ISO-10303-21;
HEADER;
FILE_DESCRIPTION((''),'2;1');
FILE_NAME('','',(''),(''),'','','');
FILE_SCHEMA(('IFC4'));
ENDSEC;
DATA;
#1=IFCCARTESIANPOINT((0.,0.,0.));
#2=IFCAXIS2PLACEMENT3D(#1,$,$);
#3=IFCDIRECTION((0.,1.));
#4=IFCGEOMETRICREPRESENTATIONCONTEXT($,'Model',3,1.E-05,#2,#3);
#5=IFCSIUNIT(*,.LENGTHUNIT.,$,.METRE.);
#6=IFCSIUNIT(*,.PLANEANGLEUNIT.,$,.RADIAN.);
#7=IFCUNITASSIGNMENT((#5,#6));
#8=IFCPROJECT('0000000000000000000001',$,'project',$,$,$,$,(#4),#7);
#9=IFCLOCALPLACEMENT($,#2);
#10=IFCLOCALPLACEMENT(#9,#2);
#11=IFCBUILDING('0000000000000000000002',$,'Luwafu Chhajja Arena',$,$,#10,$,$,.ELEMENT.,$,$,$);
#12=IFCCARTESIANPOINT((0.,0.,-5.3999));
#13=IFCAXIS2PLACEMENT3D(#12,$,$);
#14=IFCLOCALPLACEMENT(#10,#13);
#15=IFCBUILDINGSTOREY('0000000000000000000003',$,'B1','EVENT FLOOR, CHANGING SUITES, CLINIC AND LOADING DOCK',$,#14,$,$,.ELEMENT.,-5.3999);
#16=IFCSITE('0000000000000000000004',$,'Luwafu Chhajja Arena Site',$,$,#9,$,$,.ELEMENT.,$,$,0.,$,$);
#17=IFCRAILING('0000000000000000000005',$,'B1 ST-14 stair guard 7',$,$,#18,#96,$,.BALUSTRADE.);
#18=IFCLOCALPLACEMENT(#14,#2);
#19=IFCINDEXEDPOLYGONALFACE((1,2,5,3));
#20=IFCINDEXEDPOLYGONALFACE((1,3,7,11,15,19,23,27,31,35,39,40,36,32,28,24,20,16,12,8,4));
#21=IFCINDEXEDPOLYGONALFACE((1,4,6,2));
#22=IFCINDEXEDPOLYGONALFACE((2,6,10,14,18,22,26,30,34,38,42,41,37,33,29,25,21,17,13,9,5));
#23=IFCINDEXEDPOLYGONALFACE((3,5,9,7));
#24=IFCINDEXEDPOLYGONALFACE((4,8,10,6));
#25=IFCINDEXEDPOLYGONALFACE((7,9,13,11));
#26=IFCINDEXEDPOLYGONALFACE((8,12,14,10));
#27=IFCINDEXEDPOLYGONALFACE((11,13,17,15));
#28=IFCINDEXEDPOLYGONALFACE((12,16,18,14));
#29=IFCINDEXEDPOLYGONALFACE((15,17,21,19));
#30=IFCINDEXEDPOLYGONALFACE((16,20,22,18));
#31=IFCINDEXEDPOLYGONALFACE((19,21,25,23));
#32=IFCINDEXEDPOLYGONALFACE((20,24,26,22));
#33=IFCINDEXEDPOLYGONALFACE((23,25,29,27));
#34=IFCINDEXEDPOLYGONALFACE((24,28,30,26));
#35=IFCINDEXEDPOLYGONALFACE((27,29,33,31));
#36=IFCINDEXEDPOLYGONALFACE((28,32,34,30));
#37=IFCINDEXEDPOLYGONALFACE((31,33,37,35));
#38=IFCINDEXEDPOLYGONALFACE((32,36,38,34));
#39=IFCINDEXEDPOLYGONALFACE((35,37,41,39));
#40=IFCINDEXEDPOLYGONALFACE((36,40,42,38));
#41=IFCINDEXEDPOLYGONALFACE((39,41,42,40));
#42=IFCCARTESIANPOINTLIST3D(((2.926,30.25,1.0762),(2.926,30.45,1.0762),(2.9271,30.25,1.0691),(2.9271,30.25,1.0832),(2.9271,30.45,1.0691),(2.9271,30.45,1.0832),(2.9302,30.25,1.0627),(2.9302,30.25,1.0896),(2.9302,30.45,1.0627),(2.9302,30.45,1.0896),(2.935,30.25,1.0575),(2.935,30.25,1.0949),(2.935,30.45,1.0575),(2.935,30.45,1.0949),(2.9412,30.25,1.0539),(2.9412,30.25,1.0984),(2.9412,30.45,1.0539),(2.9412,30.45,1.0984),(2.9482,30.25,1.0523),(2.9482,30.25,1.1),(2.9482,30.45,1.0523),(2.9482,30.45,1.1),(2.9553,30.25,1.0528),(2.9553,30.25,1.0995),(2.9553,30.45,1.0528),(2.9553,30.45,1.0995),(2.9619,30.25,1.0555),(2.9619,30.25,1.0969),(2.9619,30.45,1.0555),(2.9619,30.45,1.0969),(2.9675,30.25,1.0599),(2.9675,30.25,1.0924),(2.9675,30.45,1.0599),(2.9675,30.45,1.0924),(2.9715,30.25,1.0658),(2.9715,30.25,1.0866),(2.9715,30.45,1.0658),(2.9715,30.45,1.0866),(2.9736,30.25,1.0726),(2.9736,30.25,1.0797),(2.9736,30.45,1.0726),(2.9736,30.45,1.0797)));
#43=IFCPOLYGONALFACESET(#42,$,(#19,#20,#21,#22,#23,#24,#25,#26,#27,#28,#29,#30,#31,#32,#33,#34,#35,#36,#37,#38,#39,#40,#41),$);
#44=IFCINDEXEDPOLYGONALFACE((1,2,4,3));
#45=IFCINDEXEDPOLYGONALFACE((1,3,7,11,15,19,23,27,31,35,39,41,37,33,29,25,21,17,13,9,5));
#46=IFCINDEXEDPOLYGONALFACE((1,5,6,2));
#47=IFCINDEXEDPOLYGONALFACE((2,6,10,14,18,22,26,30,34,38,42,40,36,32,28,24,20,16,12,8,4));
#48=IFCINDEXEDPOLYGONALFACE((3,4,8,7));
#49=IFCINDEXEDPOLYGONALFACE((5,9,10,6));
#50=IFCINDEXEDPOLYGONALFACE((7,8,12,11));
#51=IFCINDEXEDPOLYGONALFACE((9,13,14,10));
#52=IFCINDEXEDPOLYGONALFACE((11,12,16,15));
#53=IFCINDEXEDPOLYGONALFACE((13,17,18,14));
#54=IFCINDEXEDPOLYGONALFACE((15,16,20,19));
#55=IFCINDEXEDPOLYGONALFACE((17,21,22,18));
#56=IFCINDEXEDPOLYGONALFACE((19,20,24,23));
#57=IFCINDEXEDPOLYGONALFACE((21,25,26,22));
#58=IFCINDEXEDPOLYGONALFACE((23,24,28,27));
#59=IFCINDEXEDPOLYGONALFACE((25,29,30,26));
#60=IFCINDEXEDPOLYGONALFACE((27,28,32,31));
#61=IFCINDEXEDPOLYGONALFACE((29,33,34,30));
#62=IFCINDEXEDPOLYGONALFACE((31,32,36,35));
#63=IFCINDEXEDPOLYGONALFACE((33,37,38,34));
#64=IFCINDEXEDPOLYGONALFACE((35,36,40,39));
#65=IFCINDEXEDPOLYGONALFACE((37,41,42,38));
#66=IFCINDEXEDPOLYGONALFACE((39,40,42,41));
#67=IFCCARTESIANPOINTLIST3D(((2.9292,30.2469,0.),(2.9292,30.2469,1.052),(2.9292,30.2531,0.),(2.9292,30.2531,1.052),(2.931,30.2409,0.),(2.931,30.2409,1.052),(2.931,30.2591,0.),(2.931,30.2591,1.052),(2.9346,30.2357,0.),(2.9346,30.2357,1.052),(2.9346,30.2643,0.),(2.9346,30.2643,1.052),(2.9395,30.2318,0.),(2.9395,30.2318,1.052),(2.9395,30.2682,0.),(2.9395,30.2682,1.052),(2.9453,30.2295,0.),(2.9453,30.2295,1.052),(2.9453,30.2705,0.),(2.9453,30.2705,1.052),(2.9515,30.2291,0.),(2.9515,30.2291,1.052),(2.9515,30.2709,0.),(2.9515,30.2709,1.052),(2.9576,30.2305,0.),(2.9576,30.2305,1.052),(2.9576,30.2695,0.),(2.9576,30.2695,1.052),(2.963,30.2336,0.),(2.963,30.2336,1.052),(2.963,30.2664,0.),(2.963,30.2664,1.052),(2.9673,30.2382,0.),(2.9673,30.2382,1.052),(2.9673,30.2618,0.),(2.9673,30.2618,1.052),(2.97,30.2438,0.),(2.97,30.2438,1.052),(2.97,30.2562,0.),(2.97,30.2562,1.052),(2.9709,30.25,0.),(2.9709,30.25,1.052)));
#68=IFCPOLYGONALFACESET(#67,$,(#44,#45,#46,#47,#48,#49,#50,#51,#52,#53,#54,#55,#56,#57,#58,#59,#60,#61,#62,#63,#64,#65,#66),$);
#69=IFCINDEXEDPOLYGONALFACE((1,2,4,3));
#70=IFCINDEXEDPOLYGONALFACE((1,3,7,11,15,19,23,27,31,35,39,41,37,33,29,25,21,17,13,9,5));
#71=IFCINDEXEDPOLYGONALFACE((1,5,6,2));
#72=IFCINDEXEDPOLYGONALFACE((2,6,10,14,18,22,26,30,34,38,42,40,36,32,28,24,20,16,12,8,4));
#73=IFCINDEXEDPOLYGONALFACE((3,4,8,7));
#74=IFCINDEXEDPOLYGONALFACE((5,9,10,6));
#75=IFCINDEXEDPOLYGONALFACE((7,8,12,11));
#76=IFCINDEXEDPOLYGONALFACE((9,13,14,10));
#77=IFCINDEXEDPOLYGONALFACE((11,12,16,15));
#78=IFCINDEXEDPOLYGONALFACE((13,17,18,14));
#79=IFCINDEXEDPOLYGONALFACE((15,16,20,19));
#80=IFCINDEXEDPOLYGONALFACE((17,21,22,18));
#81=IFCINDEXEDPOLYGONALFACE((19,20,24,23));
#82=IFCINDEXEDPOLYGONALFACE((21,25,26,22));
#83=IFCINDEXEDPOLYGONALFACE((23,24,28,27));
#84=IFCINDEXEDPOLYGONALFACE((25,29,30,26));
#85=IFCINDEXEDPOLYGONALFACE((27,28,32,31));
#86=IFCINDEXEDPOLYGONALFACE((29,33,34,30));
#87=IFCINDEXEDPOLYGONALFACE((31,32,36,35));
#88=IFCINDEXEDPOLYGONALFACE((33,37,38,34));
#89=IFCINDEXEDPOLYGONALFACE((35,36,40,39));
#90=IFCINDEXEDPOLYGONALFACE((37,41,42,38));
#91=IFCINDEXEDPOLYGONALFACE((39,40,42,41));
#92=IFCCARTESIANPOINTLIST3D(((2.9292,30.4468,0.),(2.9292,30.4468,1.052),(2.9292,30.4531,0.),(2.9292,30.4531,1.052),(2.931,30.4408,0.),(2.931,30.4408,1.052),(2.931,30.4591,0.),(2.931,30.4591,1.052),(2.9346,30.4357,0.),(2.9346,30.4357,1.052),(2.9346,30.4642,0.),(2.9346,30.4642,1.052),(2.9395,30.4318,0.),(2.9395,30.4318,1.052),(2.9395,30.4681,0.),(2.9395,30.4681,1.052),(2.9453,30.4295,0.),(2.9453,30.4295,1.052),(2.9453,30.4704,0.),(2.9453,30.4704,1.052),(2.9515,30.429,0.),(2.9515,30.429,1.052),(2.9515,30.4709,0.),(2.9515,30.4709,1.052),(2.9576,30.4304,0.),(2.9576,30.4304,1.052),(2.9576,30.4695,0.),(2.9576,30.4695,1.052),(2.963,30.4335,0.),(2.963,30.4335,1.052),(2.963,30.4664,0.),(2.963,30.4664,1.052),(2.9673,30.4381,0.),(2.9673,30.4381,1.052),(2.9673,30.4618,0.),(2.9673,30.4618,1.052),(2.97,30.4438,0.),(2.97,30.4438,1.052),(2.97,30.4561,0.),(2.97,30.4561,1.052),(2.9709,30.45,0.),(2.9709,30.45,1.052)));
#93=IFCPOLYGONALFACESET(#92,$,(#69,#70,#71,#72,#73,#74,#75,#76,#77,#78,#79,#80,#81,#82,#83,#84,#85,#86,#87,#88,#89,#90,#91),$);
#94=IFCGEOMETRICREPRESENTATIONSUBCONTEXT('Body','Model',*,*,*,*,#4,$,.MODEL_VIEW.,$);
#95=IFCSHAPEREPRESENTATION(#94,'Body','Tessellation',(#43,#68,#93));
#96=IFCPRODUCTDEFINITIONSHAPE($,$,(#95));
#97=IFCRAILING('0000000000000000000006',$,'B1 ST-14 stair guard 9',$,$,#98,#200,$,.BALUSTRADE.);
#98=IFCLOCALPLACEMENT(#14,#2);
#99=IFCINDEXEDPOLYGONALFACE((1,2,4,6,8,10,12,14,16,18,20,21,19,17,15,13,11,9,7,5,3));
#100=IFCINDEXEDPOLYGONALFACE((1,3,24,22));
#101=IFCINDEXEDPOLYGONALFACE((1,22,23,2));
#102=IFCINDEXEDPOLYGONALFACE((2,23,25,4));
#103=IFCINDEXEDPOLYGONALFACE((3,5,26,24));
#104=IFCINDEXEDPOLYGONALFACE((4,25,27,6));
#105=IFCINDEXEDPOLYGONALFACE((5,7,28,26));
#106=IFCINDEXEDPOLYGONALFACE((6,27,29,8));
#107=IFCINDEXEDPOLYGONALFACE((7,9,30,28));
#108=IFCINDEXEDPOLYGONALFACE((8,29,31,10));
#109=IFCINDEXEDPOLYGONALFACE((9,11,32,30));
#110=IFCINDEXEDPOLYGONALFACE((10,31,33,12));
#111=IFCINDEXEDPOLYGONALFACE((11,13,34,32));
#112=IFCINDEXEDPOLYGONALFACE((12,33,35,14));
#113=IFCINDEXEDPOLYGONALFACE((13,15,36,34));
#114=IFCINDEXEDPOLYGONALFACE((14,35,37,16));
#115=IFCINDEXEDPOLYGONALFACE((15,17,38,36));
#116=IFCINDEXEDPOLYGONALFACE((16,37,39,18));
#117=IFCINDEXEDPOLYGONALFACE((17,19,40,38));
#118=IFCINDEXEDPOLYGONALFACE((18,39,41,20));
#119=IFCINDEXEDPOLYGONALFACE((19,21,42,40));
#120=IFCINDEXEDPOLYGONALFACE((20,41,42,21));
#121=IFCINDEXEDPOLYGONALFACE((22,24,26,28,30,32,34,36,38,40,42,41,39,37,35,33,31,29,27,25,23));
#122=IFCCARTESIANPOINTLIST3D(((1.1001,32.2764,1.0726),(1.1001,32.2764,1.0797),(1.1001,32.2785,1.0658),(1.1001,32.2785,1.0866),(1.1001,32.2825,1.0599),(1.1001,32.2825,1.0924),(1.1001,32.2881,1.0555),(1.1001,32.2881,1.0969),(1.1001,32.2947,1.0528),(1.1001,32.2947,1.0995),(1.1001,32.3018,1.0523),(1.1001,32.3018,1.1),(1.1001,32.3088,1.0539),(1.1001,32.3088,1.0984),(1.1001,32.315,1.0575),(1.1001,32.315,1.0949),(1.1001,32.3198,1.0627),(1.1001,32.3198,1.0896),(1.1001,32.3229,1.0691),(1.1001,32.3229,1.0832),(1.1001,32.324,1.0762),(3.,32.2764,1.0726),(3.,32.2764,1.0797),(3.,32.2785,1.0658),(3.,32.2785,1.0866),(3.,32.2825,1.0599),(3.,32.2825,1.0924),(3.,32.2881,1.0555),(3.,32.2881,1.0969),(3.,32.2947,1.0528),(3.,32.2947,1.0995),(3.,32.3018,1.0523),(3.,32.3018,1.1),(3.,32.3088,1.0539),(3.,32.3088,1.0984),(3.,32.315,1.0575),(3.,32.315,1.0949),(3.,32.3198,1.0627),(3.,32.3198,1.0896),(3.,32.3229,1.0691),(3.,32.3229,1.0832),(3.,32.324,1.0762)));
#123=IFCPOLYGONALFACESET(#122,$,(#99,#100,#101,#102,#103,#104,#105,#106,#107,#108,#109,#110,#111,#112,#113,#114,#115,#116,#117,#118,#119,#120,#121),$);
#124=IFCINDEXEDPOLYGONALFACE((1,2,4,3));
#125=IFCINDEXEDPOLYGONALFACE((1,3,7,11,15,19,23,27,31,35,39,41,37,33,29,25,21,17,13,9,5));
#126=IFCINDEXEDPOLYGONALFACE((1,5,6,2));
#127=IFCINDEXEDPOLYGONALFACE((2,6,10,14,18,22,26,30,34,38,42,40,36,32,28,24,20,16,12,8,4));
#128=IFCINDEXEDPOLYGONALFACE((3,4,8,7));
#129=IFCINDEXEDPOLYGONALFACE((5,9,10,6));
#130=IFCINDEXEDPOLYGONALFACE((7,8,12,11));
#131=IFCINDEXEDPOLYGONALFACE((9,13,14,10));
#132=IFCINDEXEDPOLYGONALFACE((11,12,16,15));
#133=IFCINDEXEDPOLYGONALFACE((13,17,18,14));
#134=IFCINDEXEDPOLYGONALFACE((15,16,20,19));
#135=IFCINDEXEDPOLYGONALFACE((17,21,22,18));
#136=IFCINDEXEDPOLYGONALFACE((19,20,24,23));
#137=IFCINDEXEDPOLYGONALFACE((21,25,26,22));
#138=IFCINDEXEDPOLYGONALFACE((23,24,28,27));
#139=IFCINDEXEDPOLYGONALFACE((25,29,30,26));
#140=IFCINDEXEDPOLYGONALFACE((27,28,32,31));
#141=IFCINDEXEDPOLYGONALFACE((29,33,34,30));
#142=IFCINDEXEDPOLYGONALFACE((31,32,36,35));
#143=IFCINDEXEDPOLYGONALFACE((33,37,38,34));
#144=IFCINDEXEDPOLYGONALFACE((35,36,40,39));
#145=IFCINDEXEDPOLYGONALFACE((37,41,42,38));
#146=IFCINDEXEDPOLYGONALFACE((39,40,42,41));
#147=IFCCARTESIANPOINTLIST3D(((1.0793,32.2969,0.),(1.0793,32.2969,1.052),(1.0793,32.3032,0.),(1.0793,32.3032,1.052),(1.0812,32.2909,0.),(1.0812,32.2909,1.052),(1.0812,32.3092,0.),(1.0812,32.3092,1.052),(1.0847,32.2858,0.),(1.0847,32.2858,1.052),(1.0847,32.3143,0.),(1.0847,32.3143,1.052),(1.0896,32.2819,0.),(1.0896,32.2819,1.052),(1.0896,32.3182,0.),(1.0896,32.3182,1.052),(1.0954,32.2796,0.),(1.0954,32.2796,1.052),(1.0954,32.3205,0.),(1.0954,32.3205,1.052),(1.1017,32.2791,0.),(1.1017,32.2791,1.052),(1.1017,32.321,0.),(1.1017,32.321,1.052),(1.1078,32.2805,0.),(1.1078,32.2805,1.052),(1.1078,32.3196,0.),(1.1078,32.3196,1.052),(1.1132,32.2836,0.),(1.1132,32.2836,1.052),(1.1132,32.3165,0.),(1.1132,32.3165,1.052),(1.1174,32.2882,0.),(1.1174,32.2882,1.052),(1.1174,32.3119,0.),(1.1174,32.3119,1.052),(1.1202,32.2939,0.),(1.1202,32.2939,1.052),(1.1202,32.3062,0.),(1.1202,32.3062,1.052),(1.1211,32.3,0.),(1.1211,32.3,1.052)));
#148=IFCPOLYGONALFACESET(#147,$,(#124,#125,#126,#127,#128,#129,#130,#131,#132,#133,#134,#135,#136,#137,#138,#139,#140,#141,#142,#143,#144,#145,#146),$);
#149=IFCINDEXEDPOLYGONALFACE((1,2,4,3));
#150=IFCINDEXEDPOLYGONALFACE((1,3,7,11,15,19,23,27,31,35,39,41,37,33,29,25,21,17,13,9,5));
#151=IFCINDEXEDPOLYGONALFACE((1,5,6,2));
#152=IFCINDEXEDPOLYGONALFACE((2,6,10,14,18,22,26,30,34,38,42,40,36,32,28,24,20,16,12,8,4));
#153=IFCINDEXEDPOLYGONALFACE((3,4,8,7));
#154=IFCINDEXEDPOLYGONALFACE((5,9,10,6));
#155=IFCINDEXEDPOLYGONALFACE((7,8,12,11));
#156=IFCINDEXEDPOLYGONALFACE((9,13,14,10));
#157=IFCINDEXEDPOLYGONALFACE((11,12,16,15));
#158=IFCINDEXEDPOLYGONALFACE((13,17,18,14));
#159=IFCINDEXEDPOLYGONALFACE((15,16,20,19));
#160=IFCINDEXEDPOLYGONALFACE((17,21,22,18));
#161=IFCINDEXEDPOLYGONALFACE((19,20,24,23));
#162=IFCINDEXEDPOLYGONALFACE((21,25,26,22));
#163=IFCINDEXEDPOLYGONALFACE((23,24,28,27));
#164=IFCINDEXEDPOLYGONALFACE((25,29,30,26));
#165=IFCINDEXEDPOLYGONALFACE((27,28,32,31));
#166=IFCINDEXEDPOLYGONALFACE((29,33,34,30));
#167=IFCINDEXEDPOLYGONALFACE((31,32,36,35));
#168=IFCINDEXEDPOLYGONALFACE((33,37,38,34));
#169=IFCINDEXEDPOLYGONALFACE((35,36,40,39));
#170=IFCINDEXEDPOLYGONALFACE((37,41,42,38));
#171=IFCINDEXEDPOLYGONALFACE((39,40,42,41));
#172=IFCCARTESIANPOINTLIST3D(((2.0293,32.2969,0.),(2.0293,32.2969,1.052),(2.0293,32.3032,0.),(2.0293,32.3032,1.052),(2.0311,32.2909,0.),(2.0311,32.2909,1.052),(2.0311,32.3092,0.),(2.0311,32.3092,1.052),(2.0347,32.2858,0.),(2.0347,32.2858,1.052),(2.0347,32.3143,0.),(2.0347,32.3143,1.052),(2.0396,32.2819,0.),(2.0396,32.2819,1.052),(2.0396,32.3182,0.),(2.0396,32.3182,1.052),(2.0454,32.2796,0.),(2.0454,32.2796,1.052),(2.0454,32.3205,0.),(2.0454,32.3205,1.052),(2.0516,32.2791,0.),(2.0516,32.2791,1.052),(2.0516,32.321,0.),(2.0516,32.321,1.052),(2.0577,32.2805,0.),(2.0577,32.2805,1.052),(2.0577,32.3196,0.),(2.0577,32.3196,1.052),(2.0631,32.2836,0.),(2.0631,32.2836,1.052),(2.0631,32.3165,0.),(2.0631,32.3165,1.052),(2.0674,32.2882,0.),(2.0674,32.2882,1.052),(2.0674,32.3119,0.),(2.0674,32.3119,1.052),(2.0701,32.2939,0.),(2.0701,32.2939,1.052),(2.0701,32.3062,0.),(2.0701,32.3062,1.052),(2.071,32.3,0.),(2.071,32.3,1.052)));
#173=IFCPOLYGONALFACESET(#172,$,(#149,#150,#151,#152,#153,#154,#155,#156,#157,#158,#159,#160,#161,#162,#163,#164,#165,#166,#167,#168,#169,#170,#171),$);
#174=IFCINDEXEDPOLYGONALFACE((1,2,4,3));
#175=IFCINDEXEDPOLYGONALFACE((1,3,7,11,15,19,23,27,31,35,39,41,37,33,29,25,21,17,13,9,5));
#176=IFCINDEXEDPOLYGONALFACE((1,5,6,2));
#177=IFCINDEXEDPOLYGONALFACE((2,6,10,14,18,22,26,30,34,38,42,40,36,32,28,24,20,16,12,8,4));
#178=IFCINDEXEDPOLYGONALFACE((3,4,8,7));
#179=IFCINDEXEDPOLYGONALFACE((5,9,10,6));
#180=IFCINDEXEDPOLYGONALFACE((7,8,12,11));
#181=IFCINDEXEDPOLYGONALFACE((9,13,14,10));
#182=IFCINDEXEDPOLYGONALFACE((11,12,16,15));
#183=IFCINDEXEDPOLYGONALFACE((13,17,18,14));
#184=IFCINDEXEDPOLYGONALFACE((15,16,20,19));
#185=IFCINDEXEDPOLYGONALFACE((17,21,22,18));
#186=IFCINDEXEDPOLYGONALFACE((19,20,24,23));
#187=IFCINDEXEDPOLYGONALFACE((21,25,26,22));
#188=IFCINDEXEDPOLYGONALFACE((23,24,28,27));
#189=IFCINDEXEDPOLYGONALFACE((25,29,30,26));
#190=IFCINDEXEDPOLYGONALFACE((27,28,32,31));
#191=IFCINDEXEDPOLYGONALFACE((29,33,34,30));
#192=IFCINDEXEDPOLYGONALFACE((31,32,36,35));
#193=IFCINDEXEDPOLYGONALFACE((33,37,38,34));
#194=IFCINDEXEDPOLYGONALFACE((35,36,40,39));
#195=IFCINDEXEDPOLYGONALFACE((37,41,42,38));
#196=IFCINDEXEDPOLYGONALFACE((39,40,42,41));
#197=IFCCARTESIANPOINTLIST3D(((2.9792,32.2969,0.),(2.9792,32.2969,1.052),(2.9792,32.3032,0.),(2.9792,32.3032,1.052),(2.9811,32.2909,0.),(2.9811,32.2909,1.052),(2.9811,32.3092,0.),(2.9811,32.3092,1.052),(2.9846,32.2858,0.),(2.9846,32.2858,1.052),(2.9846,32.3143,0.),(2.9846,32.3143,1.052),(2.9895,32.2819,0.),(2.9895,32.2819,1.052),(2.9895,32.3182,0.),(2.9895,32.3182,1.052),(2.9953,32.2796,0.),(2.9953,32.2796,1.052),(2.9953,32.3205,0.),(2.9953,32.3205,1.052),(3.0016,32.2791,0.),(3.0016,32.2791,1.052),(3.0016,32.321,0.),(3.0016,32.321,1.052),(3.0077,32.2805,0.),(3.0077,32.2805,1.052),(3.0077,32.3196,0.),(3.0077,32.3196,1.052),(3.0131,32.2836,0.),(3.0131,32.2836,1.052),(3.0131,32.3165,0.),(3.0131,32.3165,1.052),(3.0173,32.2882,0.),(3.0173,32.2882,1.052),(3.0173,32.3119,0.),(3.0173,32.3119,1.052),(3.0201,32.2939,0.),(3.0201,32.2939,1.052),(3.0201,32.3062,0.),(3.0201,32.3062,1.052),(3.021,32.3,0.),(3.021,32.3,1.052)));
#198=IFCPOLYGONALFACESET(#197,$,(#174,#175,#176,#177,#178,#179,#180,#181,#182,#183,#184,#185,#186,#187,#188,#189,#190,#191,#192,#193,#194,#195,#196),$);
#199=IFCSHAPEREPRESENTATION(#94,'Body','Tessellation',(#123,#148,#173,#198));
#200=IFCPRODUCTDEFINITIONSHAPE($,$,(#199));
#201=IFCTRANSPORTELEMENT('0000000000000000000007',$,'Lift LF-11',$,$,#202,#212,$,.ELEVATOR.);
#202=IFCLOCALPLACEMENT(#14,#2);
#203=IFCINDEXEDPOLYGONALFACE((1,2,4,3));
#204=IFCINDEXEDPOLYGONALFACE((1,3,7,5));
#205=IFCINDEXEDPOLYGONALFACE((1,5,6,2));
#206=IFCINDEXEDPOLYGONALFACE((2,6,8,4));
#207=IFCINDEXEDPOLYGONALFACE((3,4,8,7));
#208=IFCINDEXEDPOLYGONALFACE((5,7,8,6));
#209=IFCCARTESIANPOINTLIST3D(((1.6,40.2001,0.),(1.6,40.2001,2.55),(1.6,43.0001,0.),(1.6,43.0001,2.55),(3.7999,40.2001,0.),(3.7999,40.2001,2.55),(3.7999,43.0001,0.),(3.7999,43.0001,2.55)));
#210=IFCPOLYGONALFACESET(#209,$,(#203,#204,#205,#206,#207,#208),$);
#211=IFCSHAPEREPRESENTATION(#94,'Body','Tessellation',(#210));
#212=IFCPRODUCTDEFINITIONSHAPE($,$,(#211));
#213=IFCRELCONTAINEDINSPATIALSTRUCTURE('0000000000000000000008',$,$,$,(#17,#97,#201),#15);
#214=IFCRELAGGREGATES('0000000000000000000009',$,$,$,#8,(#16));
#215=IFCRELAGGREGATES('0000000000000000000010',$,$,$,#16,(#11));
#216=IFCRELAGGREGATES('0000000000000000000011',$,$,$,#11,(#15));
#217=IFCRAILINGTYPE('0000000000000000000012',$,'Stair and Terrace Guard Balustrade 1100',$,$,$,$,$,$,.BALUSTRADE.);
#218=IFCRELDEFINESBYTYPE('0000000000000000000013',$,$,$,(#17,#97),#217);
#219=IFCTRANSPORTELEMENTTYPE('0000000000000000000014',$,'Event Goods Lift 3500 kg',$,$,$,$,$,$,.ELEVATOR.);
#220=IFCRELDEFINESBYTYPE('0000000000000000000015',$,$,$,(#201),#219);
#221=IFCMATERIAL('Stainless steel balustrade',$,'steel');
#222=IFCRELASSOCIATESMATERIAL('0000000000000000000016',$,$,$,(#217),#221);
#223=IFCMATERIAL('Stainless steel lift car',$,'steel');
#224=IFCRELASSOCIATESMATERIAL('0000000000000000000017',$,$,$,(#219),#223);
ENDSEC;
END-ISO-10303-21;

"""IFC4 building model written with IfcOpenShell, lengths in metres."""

from ifc_helpers import new_model, si_unit, direction, frame, origin, origin_2d, place, context, subcontext, project, spatial, rectangle, circle, extrude, material, type_object, element, save


model = new_model("IFC4")

# Units and contexts
model_context = context("Model", 3, precision=1e-05, world=origin(), true_north=direction((0.0, 1.0)))
body_context = subcontext(model_context, "Body", "Model", "MODEL_VIEW")
ifc_project = project(units=[si_unit("LENGTHUNIT", "METRE"), si_unit("PLANEANGLEUNIT", "RADIAN")], contexts=[model_context])

# Site, building, storey
site_placement = place(None, origin())
site = spatial("IfcSite", under=ifc_project, at=site_placement, Name="Luwafu Chhajja Arena Site", CompositionType="ELEMENT", RefElevation=0.0)
building_placement = place(site_placement, origin())
building = spatial("IfcBuilding", under=site, at=building_placement, Name="Luwafu Chhajja Arena", CompositionType="ELEMENT")
storey_placement = place(building_placement, frame((0.0, 0.0, -5.3999)))
storey = spatial("IfcBuildingStorey", under=building, at=storey_placement, Name="B1", Description="EVENT FLOOR, CHANGING SUITES, CLINIC AND LOADING DOCK", CompositionType="ELEMENT", Elevation=-5.3999)

# Railings
ifc_material_1 = material(Name="Stainless steel balustrade", Category="steel")
railing_type_1 = type_object("IfcRailingType", Name="Stair and Terrace Guard Balustrade 1100", PredefinedType="BALUSTRADE", material=ifc_material_1)
railing_1_placement = place(storey_placement, frame((2.95, 30.25, 0.0)))
element("IfcRailing", 1, at=railing_1_placement, inside=storey, type_object=railing_type_1, Name="B1 ST-14 stair guard 7", PredefinedType="BALUSTRADE", context=body_context, shape_type="SweptSolid", body=[
    extrude(circle(Radius=0.0239, at=origin_2d()), frame((0.0, 0.0, 1.0762), z_axis=(0.0, 1.0, 0.0), x_axis=(-1.0, 0.0, 0.0)), (0.0, 0.0, 1.0), 0.2),
    extrude(circle(Radius=0.021, at=origin_2d()), origin(), (0.0, 0.0, 1.0), 1.052),
    extrude(circle(Radius=0.021, at=origin_2d()), frame((0.0, 0.2, 0.0)), (0.0, 0.0, 1.0), 1.052),
])
railing_2_placement = place(storey_placement, frame((1.1001, 32.3, 0.0)))
element("IfcRailing", 2, at=railing_2_placement, inside=storey, type_object=railing_type_1, Name="B1 ST-14 stair guard 9", PredefinedType="BALUSTRADE", context=body_context, shape_type="SweptSolid", body=[
    extrude(circle(Radius=0.0239, at=origin_2d()), frame((0.0, 0.0, 1.0762), z_axis=(1.0, 0.0, 0.0), x_axis=(0.0, 1.0, 0.0)), (0.0, 0.0, 1.0), 1.8999),
    extrude(circle(Radius=0.021, at=origin_2d()), origin(), (0.0, 0.0, 1.0), 1.052),
    extrude(circle(Radius=0.021, at=origin_2d()), frame((0.95, 0.0, 0.0)), (0.0, 0.0, 1.0), 1.052),
    extrude(circle(Radius=0.021, at=origin_2d()), frame((1.8999, 0.0, 0.0)), (0.0, 0.0, 1.0), 1.052),
])

# Transport element
ifc_material_2 = material(Name="Stainless steel lift car", Category="steel")
transport_element_type = type_object("IfcTransportElementType", Name="Event Goods Lift 3500 kg", PredefinedType="ELEVATOR", material=ifc_material_2)
transport_element_placement = place(storey_placement, frame((2.7, 41.6001, 0.0), z_axis=(0.0, 0.0, 1.0), x_axis=(1.0, 0.0, 0.0)))
element("IfcTransportElement", 3, at=transport_element_placement, inside=storey, type_object=transport_element_type, Name="Lift LF-11", PredefinedType="ELEVATOR", context=body_context, shape_type="SweptSolid", body=[
    extrude(rectangle(XDim=2.2, YDim=2.8, at=origin_2d()), origin(), (0.0, 0.0, 1.0), 2.55),
])

save(model, "model.ifc")
